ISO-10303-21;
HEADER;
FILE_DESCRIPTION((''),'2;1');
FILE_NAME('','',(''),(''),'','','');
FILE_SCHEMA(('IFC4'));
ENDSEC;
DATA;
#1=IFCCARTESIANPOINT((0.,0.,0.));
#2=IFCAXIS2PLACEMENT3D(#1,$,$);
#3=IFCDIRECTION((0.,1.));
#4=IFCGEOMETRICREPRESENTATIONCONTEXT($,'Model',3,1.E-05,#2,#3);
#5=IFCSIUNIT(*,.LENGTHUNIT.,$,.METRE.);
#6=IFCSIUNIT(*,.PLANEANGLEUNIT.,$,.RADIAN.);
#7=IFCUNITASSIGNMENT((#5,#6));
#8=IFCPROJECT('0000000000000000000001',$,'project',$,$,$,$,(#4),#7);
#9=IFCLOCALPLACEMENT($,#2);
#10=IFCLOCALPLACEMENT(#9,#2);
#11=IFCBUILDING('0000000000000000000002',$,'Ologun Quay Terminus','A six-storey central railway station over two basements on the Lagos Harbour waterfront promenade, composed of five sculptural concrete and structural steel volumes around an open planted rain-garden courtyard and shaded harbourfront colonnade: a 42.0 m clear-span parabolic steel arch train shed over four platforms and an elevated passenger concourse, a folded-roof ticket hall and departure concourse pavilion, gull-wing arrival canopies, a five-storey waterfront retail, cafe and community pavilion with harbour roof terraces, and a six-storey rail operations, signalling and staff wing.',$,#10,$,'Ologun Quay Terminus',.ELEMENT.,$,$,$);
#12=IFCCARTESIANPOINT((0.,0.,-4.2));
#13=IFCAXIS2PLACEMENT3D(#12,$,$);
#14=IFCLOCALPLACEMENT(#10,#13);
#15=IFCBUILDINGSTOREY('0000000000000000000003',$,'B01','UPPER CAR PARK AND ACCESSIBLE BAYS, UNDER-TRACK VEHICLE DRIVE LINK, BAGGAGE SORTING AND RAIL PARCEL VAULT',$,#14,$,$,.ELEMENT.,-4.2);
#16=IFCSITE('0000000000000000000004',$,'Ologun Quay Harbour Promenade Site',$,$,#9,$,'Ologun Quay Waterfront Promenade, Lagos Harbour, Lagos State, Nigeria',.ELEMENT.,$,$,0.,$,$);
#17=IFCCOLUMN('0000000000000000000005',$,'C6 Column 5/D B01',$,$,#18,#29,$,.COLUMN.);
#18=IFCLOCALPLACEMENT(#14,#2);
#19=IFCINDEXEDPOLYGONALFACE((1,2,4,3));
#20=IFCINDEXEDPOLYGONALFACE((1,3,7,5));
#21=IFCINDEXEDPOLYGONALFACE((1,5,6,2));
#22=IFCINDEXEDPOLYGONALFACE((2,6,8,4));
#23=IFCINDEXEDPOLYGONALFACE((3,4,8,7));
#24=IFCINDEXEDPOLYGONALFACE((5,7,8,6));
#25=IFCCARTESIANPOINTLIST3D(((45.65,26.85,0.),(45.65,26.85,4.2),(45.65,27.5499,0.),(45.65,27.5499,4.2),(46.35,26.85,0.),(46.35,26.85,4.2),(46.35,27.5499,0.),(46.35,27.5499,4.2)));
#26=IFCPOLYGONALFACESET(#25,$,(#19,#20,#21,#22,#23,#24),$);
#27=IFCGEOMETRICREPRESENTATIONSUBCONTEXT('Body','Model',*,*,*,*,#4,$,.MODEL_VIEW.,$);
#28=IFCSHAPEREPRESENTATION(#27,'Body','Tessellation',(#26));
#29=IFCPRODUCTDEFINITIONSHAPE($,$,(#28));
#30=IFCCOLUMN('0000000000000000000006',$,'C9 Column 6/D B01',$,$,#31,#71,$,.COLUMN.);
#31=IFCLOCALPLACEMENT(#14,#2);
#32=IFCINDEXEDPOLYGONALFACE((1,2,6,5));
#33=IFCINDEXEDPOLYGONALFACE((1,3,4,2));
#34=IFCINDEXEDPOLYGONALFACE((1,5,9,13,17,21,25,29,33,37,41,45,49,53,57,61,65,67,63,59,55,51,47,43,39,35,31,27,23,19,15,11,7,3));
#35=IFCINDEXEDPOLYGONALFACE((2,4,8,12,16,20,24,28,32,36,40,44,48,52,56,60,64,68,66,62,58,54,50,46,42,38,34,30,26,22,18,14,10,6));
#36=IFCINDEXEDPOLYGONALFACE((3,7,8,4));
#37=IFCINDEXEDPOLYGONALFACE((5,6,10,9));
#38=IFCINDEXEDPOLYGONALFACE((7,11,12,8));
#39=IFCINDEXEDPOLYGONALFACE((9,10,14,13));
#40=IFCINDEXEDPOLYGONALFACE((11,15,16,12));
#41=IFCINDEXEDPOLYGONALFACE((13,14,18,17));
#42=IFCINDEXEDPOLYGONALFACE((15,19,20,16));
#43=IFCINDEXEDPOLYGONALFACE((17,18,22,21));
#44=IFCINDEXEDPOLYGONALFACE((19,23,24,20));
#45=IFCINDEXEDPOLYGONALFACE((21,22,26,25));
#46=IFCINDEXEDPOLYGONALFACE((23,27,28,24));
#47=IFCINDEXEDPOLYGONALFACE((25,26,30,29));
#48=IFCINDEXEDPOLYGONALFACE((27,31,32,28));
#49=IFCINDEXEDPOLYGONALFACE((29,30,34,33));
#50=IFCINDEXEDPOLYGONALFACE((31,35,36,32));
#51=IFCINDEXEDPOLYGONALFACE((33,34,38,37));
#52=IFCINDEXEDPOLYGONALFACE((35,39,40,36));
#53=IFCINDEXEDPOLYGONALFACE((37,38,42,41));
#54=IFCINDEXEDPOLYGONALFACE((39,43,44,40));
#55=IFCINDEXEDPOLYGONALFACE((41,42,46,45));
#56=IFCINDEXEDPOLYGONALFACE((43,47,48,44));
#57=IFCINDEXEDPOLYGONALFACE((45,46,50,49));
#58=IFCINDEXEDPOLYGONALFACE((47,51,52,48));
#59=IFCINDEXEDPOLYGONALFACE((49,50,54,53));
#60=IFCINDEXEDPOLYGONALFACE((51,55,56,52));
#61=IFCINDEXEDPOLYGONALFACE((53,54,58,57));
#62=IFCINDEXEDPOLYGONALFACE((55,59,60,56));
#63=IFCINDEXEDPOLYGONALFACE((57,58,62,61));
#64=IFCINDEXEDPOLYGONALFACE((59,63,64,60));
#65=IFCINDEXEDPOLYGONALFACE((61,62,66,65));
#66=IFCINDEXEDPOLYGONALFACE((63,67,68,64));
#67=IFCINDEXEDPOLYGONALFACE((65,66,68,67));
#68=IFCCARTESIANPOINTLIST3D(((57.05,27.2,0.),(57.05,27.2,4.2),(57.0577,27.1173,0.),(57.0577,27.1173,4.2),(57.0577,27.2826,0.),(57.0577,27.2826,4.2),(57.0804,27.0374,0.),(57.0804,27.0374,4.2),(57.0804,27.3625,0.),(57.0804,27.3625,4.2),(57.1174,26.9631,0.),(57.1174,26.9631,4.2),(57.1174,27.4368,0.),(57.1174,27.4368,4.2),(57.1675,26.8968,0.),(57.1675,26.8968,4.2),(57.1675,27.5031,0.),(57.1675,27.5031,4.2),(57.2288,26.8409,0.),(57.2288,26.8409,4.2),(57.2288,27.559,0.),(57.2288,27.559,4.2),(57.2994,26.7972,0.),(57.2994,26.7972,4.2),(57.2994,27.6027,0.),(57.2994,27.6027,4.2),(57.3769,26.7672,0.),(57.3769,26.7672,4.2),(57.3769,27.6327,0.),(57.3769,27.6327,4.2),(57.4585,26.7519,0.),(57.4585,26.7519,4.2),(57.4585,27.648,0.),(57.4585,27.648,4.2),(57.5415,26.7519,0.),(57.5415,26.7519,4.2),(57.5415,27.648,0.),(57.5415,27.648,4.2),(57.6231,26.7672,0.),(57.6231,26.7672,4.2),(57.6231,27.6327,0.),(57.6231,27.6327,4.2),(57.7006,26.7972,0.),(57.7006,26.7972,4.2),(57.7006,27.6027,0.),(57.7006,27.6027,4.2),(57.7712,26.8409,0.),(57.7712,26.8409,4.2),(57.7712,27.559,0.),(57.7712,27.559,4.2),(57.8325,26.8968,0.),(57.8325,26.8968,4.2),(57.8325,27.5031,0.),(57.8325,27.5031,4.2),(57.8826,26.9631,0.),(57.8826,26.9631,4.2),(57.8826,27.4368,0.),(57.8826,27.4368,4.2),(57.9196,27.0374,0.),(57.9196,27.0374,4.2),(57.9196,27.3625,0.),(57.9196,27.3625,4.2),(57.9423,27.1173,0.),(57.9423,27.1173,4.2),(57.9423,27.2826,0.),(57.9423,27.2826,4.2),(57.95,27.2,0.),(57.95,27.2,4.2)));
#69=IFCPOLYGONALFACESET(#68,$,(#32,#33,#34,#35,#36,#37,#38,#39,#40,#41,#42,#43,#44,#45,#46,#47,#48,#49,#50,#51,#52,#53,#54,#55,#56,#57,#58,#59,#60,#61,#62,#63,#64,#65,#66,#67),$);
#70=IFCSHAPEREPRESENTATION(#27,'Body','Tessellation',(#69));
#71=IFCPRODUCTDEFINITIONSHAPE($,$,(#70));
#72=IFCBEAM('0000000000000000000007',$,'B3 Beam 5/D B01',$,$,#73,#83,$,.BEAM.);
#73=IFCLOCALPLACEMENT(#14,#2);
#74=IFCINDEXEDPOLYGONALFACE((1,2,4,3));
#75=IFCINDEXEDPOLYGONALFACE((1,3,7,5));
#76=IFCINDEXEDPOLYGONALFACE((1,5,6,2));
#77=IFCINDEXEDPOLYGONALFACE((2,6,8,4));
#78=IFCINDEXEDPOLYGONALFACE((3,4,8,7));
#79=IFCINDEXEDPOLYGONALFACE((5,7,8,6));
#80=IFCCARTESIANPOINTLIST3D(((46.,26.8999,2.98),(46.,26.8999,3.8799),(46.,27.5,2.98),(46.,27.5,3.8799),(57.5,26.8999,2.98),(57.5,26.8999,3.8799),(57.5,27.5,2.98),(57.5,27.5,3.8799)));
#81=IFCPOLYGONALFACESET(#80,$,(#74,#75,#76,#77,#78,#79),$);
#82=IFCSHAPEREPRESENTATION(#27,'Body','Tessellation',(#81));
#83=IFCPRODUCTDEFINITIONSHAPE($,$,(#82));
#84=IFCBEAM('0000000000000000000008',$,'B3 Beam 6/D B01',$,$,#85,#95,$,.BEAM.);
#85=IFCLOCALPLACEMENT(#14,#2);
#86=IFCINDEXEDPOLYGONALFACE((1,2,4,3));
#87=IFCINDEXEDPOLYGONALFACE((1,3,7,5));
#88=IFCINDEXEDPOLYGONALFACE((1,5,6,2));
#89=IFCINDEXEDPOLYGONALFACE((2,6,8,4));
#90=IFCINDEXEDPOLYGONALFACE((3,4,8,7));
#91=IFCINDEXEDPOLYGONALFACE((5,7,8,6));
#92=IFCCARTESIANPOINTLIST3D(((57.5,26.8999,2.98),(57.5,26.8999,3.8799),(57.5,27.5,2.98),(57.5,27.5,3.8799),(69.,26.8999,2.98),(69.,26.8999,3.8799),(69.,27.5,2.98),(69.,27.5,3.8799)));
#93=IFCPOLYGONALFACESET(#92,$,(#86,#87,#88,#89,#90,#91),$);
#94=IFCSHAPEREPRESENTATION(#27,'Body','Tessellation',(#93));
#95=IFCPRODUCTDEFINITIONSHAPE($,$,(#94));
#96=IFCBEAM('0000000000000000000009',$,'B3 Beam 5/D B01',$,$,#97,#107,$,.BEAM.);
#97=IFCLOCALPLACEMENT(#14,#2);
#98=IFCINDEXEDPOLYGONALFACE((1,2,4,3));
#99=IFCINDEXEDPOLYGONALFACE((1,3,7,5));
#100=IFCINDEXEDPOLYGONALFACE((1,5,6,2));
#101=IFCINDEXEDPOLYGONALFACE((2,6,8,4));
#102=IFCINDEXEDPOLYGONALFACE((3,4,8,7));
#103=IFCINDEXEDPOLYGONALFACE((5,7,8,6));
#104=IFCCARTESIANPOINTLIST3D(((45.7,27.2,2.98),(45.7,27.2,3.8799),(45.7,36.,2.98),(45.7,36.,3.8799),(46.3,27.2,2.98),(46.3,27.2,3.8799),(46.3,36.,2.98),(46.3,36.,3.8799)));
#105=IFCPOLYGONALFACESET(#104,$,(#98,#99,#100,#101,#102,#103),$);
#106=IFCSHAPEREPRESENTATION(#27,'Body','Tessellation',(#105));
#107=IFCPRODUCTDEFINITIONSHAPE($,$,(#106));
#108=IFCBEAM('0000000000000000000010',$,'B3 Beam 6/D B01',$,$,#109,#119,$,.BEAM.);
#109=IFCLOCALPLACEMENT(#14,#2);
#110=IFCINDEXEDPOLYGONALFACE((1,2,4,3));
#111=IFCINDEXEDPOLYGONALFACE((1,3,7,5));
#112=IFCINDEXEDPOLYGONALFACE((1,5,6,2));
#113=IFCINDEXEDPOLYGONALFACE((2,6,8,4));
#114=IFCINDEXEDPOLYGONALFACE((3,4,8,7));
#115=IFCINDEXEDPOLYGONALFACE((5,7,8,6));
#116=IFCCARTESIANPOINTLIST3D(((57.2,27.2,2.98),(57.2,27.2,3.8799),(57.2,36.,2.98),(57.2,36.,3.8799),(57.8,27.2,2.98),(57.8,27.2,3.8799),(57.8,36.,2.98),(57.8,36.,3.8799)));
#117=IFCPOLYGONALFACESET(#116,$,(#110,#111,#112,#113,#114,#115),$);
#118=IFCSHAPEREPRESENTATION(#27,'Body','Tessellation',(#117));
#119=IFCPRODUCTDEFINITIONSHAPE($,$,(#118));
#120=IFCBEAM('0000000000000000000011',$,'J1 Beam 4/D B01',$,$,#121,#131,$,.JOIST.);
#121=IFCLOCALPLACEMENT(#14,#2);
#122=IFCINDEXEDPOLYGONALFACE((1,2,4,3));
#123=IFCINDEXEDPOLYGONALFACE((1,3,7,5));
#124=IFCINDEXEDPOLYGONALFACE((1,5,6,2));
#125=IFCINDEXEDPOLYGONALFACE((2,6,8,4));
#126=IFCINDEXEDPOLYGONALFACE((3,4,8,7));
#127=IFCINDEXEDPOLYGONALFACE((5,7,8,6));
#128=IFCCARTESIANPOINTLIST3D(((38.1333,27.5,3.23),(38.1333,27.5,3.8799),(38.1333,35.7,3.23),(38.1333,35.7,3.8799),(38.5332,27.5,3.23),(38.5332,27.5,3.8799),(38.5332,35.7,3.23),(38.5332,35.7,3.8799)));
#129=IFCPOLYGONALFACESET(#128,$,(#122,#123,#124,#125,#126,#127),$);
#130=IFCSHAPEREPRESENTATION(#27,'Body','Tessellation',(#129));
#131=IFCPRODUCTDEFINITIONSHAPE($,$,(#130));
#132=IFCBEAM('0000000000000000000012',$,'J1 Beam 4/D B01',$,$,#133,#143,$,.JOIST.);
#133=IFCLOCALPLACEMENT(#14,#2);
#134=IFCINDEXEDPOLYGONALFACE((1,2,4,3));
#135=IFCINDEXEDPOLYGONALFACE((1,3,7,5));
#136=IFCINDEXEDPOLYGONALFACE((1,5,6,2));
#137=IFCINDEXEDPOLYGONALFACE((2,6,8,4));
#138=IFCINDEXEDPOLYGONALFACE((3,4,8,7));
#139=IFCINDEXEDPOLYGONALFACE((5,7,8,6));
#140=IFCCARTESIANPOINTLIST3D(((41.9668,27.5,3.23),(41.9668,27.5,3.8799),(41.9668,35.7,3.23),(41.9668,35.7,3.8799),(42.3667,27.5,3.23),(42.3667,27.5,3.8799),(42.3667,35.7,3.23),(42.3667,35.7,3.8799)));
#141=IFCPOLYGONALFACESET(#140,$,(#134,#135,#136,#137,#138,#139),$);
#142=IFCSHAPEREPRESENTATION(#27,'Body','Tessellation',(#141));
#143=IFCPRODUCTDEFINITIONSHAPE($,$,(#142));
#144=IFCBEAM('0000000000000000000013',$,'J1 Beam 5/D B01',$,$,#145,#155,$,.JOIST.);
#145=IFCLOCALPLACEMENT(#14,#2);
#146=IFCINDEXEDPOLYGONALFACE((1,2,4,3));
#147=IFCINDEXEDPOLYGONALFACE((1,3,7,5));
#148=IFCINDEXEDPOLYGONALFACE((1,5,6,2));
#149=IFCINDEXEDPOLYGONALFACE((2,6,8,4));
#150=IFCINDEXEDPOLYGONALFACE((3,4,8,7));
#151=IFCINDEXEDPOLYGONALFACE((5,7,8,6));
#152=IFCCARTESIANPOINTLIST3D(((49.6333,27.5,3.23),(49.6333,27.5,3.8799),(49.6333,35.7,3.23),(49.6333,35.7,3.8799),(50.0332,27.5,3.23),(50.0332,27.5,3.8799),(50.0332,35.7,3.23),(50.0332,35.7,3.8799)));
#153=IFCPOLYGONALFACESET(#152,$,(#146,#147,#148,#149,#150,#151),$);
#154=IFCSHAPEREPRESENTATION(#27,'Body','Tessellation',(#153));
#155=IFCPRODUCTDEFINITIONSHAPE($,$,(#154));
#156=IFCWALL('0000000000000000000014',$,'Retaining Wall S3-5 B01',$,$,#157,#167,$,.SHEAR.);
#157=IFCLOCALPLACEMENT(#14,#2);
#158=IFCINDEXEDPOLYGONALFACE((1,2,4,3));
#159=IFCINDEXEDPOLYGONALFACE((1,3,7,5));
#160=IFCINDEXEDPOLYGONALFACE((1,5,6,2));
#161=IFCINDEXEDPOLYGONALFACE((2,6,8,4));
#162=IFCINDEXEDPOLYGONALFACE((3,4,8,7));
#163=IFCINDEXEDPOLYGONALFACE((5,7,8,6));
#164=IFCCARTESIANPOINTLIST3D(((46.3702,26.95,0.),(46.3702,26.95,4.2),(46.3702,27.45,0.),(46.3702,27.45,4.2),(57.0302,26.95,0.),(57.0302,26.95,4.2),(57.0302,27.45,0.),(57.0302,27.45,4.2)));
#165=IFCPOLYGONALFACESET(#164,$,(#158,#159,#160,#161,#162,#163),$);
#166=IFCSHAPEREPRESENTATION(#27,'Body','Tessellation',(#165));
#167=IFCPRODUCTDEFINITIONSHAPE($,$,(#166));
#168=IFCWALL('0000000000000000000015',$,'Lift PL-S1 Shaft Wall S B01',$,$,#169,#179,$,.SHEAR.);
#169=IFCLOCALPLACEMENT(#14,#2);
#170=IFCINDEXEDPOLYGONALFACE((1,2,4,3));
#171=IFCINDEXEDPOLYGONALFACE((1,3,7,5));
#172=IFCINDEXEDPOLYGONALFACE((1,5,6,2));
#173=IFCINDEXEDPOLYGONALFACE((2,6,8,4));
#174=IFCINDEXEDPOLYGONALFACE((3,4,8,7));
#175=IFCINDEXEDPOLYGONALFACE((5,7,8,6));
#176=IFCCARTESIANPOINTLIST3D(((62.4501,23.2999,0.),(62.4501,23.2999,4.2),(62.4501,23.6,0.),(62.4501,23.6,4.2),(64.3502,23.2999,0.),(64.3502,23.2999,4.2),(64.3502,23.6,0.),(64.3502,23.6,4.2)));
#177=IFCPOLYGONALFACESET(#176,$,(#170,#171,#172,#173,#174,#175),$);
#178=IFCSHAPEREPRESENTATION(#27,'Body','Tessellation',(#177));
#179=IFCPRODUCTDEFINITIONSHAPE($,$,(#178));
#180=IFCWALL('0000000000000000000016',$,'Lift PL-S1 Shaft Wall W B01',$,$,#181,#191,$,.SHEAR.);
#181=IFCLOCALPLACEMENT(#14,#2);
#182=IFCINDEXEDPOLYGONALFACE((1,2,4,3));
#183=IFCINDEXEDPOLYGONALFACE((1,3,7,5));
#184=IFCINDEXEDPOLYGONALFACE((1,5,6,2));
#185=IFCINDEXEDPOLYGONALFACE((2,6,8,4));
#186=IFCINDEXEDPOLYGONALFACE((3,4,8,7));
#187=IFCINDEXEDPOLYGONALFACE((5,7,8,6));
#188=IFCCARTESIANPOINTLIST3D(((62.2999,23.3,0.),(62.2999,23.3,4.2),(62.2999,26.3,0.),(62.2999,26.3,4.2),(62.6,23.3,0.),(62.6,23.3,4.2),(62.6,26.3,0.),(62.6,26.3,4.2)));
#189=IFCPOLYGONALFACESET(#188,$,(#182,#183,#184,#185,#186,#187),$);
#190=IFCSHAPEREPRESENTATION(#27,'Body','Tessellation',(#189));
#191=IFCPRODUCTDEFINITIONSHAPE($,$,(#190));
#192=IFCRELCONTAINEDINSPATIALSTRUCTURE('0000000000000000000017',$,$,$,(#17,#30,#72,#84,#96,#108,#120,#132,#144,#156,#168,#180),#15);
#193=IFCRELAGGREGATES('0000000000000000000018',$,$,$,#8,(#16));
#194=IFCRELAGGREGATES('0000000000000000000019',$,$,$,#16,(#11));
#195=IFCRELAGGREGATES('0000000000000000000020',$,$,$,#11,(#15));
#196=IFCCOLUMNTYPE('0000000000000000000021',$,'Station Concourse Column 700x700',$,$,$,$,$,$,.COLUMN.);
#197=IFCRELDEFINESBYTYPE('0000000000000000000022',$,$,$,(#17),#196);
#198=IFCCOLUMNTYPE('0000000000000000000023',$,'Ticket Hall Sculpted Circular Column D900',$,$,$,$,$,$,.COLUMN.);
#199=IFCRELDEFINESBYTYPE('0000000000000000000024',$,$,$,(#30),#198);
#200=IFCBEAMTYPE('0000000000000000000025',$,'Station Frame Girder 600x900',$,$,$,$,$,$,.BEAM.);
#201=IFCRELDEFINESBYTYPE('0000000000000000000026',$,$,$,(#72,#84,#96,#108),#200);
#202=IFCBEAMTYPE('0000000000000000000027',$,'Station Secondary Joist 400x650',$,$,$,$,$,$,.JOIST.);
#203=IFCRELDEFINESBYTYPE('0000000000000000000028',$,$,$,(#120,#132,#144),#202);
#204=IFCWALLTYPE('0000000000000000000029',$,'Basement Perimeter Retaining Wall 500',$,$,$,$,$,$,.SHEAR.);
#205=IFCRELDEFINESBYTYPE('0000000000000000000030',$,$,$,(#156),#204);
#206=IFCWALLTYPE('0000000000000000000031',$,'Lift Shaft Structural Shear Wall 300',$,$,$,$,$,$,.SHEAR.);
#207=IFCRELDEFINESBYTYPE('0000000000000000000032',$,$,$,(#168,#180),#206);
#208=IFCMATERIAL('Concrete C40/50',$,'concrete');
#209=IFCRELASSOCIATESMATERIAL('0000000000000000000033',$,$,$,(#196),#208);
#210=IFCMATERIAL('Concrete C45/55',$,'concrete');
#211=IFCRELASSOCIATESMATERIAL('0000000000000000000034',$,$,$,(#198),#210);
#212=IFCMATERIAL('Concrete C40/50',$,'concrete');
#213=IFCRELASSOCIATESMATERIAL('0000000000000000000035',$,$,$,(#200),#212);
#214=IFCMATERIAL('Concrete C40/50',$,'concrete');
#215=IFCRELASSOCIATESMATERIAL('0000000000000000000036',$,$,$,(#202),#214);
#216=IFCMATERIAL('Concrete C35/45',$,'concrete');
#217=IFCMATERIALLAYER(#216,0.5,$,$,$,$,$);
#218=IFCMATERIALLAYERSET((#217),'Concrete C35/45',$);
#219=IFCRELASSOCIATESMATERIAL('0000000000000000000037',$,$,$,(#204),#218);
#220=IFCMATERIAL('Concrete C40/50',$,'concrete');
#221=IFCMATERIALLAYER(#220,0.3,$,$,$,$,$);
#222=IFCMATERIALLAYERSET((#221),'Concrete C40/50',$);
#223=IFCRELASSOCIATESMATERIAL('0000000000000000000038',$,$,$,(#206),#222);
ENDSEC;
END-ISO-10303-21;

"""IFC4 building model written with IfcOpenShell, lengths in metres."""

from ifc_helpers import new_model, si_unit, direction, frame, frame_2d, origin, origin_2d, place, context, subcontext, project, spatial, rectangle, circle, extrude, material, layer, layer_set, material_profile, profile_set, type_object, element, save


model = new_model("IFC4")

# Units and contexts
model_context = context("Model", 3, precision=1e-05, world=origin(), true_north=direction((0.0, 1.0)))
body_context = subcontext(model_context, "Body", "Model", "MODEL_VIEW")
ifc_project = project(units=[si_unit("LENGTHUNIT", "METRE"), si_unit("PLANEANGLEUNIT", "RADIAN")], contexts=[model_context])

# Site, building, storey
site_placement = place(None, origin())
site = spatial("IfcSite", under=ifc_project, at=site_placement, Name="Ologun Quay Harbour Promenade Site", LongName="Ologun Quay Waterfront Promenade, Lagos Harbour, Lagos State, Nigeria", CompositionType="ELEMENT", RefElevation=0.0)
building_placement = place(site_placement, origin())
building = spatial("IfcBuilding", under=site, at=building_placement, Name="Ologun Quay Terminus", Description="A six-storey central railway station over two basements on the Lagos Harbour waterfront promenade, composed of five sculptural concrete and structural steel volumes around an open planted rain-garden courtyard and shaded harbourfront colonnade: a 42.0 m clear-span parabolic steel arch train shed over four platforms and an elevated passenger concourse, a folded-roof ticket hall and departure concourse pavilion, gull-wing arrival canopies, a five-storey waterfront retail, cafe and community pavilion with harbour roof terraces, and a six-storey rail operations, signalling and staff wing.", LongName="Ologun Quay Terminus", CompositionType="ELEMENT")
storey_placement = place(building_placement, frame((0.0, 0.0, -4.2)))
storey = spatial("IfcBuildingStorey", under=building, at=storey_placement, Name="B01", Description="UPPER CAR PARK AND ACCESSIBLE BAYS, UNDER-TRACK VEHICLE DRIVE LINK, BAGGAGE SORTING AND RAIL PARCEL VAULT", CompositionType="ELEMENT", Elevation=-4.2)

# Columns
ifc_material_1 = material(Name="Concrete C40/50", Category="concrete")
ifc_material_profile_1 = material_profile(ifc_material_1, rectangle(XDim=0.7, YDim=0.7, at=origin_2d()), Name="RC 700x700")
ifc_profile_set_1 = profile_set([ifc_material_profile_1], Name="Concrete C40/50")
column_type_1 = type_object("IfcColumnType", Name="Station Concourse Column 700x700", PredefinedType="COLUMN", material=ifc_profile_set_1)
column_1_placement = place(storey_placement, frame((46.0, 27.2, 0.0), z_axis=(0.0, 0.0, 1.0), x_axis=(1.0, 0.0, 0.0)))
element("IfcColumn", 1, at=column_1_placement, inside=storey, type_object=column_type_1, Name="C6 Column 5/D B01", PredefinedType="COLUMN", context=body_context, shape_type="SweptSolid", body=[
    extrude(rectangle(XDim=0.7, YDim=0.7, at=origin_2d()), origin(), (0.0, 0.0, 1.0), 4.2),
])
ifc_material_2 = material(Name="Concrete C45/55", Category="concrete")
ifc_material_profile_2 = material_profile(ifc_material_2, circle(Radius=0.45, at=origin_2d()), Name="RC D900")
ifc_profile_set_2 = profile_set([ifc_material_profile_2], Name="Concrete C45/55")
column_type_2 = type_object("IfcColumnType", Name="Ticket Hall Sculpted Circular Column D900", PredefinedType="COLUMN", material=ifc_profile_set_2)
column_2_placement = place(storey_placement, frame((57.5, 27.2, 0.0), z_axis=(0.0, 0.0, 1.0), x_axis=(1.0, 0.0, 0.0)))
element("IfcColumn", 2, at=column_2_placement, inside=storey, type_object=column_type_2, Name="C9 Column 6/D B01", PredefinedType="COLUMN", context=body_context, shape_type="SweptSolid", body=[
    extrude(circle(Radius=0.45, at=origin_2d()), origin(), (0.0, 0.0, 1.0), 4.2),
])

# Beams
ifc_material_3 = material(Name="Concrete C40/50", Category="concrete")
ifc_material_profile_3 = material_profile(ifc_material_3, rectangle(XDim=0.6001, YDim=0.8999, at=origin_2d()), Name="RC 600x900")
ifc_profile_set_3 = profile_set([ifc_material_profile_3], Name="Concrete C40/50")
beam_type_1 = type_object("IfcBeamType", Name="Station Frame Girder 600x900", PredefinedType="BEAM", material=ifc_profile_set_3)
for number, where, z_axis, x_axis, name in (
    (3, (46.0, 27.2, 3.4299), (1.0, 0.0, 0.0), (0.0, 1.0, 0.0), "B3 Beam 5/D B01"),
    (4, (57.5, 27.2, 3.4299), (1.0, 0.0, 0.0), (0.0, 1.0, 0.0), "B3 Beam 6/D B01"),
):
    element("IfcBeam", number, at=place(storey_placement, frame(where, z_axis=z_axis, x_axis=x_axis)), inside=storey, type_object=beam_type_1, Name=name, PredefinedType="BEAM", context=body_context, shape_type="SweptSolid", body=[
        extrude(rectangle(XDim=0.6001, YDim=0.8999, at=origin_2d()), origin(), (0.0, 0.0, 1.0), 11.5),
    ])
for number, where, z_axis, x_axis, name in (
    (5, (46.0, 27.2, 3.4299), (0.0, 1.0, 0.0), (-1.0, 0.0, 0.0), "B3 Beam 5/D B01"),
    (6, (57.5, 27.2, 3.4299), (0.0, 1.0, 0.0), (-1.0, 0.0, 0.0), "B3 Beam 6/D B01"),
):
    element("IfcBeam", number, at=place(storey_placement, frame(where, z_axis=z_axis, x_axis=x_axis)), inside=storey, type_object=beam_type_1, Name=name, PredefinedType="BEAM", context=body_context, shape_type="SweptSolid", body=[
        extrude(rectangle(XDim=0.6001, YDim=0.8999, at=origin_2d()), origin(), (0.0, 0.0, 1.0), 8.8),
    ])
ifc_material_4 = material(Name="Concrete C40/50", Category="concrete")
ifc_material_profile_4 = material_profile(ifc_material_4, rectangle(XDim=0.3999, YDim=0.6499, at=origin_2d()), Name="RC 400x650")
ifc_profile_set_4 = profile_set([ifc_material_profile_4], Name="Concrete C40/50")
beam_type_2 = type_object("IfcBeamType", Name="Station Secondary Joist 400x650", PredefinedType="JOIST", material=ifc_profile_set_4)
for number, where, z_axis, x_axis, name in (
    (7, (38.3333, 27.5, 3.5549), (0.0, 1.0, 0.0), (-1.0, 0.0, 0.0), "J1 Beam 4/D B01"),
    (8, (42.1667, 27.5, 3.5549), (0.0, 1.0, 0.0), (-1.0, 0.0, 0.0), "J1 Beam 4/D B01"),
    (9, (49.8333, 27.5, 3.5549), (0.0, 1.0, 0.0), (-1.0, 0.0, 0.0), "J1 Beam 5/D B01"),
):
    element("IfcBeam", number, at=place(storey_placement, frame(where, z_axis=z_axis, x_axis=x_axis)), inside=storey, type_object=beam_type_2, Name=name, PredefinedType="JOIST", context=body_context, shape_type="SweptSolid", body=[
        extrude(rectangle(XDim=0.3999, YDim=0.6499, at=origin_2d()), origin(), (0.0, 0.0, 1.0), 8.2),
    ])

# Walls
ifc_material_5 = material(Name="Concrete C35/45", Category="concrete")
ifc_layer_1 = layer(ifc_material_5, 0.5)
ifc_layer_set_1 = layer_set([ifc_layer_1], Name="Concrete C35/45")
wall_type_1 = type_object("IfcWallType", Name="Basement Perimeter Retaining Wall 500", PredefinedType="SHEAR", material=ifc_layer_set_1)
wall_1_placement = place(storey_placement, frame((46.3701, 27.2, 0.0), z_axis=(0.0, 0.0, 1.0), x_axis=(1.0, 0.0, 0.0)))
element("IfcWall", 10, at=wall_1_placement, inside=storey, type_object=wall_type_1, Name="Retaining Wall S3-5 B01", PredefinedType="SHEAR", context=body_context, shape_type="SweptSolid", body=[
    extrude(rectangle(XDim=10.6599, YDim=0.5, at=frame_2d((5.3301, 0.0))), origin(), (0.0, 0.0, 1.0), 4.2),
])
ifc_material_6 = material(Name="Concrete C40/50", Category="concrete")
ifc_layer_2 = layer(ifc_material_6, 0.3)
ifc_layer_set_2 = layer_set([ifc_layer_2], Name="Concrete C40/50")
wall_type_2 = type_object("IfcWallType", Name="Lift Shaft Structural Shear Wall 300", PredefinedType="SHEAR", material=ifc_layer_set_2)
wall_2_placement = place(storey_placement, frame((62.45, 23.45, 0.0), z_axis=(0.0, 0.0, 1.0), x_axis=(1.0, 0.0, 0.0)))
element("IfcWall", 11, at=wall_2_placement, inside=storey, type_object=wall_type_2, Name="Lift PL-S1 Shaft Wall S B01", PredefinedType="SHEAR", context=body_context, shape_type="SweptSolid", body=[
    extrude(rectangle(XDim=1.9001, YDim=0.3, at=frame_2d((0.9502, 0.0))), origin(), (0.0, 0.0, 1.0), 4.2),
])

# Wall
for number, where, z_axis, x_axis, name in (
    (12, (62.45, 23.3, 0.0), (0.0, 0.0, 1.0), (0.0, 1.0, 0.0), "Lift PL-S1 Shaft Wall W B01"),
):
    element("IfcWall", number, at=place(storey_placement, frame(where, z_axis=z_axis, x_axis=x_axis)), inside=storey, type_object=wall_type_2, Name=name, PredefinedType="SHEAR", context=body_context, shape_type="SweptSolid", body=[
        extrude(rectangle(XDim=3.0, YDim=0.3, at=frame_2d((1.5, 0.0))), origin(), (0.0, 0.0, 1.0), 4.2),
    ])

save(model, "model.ifc")
